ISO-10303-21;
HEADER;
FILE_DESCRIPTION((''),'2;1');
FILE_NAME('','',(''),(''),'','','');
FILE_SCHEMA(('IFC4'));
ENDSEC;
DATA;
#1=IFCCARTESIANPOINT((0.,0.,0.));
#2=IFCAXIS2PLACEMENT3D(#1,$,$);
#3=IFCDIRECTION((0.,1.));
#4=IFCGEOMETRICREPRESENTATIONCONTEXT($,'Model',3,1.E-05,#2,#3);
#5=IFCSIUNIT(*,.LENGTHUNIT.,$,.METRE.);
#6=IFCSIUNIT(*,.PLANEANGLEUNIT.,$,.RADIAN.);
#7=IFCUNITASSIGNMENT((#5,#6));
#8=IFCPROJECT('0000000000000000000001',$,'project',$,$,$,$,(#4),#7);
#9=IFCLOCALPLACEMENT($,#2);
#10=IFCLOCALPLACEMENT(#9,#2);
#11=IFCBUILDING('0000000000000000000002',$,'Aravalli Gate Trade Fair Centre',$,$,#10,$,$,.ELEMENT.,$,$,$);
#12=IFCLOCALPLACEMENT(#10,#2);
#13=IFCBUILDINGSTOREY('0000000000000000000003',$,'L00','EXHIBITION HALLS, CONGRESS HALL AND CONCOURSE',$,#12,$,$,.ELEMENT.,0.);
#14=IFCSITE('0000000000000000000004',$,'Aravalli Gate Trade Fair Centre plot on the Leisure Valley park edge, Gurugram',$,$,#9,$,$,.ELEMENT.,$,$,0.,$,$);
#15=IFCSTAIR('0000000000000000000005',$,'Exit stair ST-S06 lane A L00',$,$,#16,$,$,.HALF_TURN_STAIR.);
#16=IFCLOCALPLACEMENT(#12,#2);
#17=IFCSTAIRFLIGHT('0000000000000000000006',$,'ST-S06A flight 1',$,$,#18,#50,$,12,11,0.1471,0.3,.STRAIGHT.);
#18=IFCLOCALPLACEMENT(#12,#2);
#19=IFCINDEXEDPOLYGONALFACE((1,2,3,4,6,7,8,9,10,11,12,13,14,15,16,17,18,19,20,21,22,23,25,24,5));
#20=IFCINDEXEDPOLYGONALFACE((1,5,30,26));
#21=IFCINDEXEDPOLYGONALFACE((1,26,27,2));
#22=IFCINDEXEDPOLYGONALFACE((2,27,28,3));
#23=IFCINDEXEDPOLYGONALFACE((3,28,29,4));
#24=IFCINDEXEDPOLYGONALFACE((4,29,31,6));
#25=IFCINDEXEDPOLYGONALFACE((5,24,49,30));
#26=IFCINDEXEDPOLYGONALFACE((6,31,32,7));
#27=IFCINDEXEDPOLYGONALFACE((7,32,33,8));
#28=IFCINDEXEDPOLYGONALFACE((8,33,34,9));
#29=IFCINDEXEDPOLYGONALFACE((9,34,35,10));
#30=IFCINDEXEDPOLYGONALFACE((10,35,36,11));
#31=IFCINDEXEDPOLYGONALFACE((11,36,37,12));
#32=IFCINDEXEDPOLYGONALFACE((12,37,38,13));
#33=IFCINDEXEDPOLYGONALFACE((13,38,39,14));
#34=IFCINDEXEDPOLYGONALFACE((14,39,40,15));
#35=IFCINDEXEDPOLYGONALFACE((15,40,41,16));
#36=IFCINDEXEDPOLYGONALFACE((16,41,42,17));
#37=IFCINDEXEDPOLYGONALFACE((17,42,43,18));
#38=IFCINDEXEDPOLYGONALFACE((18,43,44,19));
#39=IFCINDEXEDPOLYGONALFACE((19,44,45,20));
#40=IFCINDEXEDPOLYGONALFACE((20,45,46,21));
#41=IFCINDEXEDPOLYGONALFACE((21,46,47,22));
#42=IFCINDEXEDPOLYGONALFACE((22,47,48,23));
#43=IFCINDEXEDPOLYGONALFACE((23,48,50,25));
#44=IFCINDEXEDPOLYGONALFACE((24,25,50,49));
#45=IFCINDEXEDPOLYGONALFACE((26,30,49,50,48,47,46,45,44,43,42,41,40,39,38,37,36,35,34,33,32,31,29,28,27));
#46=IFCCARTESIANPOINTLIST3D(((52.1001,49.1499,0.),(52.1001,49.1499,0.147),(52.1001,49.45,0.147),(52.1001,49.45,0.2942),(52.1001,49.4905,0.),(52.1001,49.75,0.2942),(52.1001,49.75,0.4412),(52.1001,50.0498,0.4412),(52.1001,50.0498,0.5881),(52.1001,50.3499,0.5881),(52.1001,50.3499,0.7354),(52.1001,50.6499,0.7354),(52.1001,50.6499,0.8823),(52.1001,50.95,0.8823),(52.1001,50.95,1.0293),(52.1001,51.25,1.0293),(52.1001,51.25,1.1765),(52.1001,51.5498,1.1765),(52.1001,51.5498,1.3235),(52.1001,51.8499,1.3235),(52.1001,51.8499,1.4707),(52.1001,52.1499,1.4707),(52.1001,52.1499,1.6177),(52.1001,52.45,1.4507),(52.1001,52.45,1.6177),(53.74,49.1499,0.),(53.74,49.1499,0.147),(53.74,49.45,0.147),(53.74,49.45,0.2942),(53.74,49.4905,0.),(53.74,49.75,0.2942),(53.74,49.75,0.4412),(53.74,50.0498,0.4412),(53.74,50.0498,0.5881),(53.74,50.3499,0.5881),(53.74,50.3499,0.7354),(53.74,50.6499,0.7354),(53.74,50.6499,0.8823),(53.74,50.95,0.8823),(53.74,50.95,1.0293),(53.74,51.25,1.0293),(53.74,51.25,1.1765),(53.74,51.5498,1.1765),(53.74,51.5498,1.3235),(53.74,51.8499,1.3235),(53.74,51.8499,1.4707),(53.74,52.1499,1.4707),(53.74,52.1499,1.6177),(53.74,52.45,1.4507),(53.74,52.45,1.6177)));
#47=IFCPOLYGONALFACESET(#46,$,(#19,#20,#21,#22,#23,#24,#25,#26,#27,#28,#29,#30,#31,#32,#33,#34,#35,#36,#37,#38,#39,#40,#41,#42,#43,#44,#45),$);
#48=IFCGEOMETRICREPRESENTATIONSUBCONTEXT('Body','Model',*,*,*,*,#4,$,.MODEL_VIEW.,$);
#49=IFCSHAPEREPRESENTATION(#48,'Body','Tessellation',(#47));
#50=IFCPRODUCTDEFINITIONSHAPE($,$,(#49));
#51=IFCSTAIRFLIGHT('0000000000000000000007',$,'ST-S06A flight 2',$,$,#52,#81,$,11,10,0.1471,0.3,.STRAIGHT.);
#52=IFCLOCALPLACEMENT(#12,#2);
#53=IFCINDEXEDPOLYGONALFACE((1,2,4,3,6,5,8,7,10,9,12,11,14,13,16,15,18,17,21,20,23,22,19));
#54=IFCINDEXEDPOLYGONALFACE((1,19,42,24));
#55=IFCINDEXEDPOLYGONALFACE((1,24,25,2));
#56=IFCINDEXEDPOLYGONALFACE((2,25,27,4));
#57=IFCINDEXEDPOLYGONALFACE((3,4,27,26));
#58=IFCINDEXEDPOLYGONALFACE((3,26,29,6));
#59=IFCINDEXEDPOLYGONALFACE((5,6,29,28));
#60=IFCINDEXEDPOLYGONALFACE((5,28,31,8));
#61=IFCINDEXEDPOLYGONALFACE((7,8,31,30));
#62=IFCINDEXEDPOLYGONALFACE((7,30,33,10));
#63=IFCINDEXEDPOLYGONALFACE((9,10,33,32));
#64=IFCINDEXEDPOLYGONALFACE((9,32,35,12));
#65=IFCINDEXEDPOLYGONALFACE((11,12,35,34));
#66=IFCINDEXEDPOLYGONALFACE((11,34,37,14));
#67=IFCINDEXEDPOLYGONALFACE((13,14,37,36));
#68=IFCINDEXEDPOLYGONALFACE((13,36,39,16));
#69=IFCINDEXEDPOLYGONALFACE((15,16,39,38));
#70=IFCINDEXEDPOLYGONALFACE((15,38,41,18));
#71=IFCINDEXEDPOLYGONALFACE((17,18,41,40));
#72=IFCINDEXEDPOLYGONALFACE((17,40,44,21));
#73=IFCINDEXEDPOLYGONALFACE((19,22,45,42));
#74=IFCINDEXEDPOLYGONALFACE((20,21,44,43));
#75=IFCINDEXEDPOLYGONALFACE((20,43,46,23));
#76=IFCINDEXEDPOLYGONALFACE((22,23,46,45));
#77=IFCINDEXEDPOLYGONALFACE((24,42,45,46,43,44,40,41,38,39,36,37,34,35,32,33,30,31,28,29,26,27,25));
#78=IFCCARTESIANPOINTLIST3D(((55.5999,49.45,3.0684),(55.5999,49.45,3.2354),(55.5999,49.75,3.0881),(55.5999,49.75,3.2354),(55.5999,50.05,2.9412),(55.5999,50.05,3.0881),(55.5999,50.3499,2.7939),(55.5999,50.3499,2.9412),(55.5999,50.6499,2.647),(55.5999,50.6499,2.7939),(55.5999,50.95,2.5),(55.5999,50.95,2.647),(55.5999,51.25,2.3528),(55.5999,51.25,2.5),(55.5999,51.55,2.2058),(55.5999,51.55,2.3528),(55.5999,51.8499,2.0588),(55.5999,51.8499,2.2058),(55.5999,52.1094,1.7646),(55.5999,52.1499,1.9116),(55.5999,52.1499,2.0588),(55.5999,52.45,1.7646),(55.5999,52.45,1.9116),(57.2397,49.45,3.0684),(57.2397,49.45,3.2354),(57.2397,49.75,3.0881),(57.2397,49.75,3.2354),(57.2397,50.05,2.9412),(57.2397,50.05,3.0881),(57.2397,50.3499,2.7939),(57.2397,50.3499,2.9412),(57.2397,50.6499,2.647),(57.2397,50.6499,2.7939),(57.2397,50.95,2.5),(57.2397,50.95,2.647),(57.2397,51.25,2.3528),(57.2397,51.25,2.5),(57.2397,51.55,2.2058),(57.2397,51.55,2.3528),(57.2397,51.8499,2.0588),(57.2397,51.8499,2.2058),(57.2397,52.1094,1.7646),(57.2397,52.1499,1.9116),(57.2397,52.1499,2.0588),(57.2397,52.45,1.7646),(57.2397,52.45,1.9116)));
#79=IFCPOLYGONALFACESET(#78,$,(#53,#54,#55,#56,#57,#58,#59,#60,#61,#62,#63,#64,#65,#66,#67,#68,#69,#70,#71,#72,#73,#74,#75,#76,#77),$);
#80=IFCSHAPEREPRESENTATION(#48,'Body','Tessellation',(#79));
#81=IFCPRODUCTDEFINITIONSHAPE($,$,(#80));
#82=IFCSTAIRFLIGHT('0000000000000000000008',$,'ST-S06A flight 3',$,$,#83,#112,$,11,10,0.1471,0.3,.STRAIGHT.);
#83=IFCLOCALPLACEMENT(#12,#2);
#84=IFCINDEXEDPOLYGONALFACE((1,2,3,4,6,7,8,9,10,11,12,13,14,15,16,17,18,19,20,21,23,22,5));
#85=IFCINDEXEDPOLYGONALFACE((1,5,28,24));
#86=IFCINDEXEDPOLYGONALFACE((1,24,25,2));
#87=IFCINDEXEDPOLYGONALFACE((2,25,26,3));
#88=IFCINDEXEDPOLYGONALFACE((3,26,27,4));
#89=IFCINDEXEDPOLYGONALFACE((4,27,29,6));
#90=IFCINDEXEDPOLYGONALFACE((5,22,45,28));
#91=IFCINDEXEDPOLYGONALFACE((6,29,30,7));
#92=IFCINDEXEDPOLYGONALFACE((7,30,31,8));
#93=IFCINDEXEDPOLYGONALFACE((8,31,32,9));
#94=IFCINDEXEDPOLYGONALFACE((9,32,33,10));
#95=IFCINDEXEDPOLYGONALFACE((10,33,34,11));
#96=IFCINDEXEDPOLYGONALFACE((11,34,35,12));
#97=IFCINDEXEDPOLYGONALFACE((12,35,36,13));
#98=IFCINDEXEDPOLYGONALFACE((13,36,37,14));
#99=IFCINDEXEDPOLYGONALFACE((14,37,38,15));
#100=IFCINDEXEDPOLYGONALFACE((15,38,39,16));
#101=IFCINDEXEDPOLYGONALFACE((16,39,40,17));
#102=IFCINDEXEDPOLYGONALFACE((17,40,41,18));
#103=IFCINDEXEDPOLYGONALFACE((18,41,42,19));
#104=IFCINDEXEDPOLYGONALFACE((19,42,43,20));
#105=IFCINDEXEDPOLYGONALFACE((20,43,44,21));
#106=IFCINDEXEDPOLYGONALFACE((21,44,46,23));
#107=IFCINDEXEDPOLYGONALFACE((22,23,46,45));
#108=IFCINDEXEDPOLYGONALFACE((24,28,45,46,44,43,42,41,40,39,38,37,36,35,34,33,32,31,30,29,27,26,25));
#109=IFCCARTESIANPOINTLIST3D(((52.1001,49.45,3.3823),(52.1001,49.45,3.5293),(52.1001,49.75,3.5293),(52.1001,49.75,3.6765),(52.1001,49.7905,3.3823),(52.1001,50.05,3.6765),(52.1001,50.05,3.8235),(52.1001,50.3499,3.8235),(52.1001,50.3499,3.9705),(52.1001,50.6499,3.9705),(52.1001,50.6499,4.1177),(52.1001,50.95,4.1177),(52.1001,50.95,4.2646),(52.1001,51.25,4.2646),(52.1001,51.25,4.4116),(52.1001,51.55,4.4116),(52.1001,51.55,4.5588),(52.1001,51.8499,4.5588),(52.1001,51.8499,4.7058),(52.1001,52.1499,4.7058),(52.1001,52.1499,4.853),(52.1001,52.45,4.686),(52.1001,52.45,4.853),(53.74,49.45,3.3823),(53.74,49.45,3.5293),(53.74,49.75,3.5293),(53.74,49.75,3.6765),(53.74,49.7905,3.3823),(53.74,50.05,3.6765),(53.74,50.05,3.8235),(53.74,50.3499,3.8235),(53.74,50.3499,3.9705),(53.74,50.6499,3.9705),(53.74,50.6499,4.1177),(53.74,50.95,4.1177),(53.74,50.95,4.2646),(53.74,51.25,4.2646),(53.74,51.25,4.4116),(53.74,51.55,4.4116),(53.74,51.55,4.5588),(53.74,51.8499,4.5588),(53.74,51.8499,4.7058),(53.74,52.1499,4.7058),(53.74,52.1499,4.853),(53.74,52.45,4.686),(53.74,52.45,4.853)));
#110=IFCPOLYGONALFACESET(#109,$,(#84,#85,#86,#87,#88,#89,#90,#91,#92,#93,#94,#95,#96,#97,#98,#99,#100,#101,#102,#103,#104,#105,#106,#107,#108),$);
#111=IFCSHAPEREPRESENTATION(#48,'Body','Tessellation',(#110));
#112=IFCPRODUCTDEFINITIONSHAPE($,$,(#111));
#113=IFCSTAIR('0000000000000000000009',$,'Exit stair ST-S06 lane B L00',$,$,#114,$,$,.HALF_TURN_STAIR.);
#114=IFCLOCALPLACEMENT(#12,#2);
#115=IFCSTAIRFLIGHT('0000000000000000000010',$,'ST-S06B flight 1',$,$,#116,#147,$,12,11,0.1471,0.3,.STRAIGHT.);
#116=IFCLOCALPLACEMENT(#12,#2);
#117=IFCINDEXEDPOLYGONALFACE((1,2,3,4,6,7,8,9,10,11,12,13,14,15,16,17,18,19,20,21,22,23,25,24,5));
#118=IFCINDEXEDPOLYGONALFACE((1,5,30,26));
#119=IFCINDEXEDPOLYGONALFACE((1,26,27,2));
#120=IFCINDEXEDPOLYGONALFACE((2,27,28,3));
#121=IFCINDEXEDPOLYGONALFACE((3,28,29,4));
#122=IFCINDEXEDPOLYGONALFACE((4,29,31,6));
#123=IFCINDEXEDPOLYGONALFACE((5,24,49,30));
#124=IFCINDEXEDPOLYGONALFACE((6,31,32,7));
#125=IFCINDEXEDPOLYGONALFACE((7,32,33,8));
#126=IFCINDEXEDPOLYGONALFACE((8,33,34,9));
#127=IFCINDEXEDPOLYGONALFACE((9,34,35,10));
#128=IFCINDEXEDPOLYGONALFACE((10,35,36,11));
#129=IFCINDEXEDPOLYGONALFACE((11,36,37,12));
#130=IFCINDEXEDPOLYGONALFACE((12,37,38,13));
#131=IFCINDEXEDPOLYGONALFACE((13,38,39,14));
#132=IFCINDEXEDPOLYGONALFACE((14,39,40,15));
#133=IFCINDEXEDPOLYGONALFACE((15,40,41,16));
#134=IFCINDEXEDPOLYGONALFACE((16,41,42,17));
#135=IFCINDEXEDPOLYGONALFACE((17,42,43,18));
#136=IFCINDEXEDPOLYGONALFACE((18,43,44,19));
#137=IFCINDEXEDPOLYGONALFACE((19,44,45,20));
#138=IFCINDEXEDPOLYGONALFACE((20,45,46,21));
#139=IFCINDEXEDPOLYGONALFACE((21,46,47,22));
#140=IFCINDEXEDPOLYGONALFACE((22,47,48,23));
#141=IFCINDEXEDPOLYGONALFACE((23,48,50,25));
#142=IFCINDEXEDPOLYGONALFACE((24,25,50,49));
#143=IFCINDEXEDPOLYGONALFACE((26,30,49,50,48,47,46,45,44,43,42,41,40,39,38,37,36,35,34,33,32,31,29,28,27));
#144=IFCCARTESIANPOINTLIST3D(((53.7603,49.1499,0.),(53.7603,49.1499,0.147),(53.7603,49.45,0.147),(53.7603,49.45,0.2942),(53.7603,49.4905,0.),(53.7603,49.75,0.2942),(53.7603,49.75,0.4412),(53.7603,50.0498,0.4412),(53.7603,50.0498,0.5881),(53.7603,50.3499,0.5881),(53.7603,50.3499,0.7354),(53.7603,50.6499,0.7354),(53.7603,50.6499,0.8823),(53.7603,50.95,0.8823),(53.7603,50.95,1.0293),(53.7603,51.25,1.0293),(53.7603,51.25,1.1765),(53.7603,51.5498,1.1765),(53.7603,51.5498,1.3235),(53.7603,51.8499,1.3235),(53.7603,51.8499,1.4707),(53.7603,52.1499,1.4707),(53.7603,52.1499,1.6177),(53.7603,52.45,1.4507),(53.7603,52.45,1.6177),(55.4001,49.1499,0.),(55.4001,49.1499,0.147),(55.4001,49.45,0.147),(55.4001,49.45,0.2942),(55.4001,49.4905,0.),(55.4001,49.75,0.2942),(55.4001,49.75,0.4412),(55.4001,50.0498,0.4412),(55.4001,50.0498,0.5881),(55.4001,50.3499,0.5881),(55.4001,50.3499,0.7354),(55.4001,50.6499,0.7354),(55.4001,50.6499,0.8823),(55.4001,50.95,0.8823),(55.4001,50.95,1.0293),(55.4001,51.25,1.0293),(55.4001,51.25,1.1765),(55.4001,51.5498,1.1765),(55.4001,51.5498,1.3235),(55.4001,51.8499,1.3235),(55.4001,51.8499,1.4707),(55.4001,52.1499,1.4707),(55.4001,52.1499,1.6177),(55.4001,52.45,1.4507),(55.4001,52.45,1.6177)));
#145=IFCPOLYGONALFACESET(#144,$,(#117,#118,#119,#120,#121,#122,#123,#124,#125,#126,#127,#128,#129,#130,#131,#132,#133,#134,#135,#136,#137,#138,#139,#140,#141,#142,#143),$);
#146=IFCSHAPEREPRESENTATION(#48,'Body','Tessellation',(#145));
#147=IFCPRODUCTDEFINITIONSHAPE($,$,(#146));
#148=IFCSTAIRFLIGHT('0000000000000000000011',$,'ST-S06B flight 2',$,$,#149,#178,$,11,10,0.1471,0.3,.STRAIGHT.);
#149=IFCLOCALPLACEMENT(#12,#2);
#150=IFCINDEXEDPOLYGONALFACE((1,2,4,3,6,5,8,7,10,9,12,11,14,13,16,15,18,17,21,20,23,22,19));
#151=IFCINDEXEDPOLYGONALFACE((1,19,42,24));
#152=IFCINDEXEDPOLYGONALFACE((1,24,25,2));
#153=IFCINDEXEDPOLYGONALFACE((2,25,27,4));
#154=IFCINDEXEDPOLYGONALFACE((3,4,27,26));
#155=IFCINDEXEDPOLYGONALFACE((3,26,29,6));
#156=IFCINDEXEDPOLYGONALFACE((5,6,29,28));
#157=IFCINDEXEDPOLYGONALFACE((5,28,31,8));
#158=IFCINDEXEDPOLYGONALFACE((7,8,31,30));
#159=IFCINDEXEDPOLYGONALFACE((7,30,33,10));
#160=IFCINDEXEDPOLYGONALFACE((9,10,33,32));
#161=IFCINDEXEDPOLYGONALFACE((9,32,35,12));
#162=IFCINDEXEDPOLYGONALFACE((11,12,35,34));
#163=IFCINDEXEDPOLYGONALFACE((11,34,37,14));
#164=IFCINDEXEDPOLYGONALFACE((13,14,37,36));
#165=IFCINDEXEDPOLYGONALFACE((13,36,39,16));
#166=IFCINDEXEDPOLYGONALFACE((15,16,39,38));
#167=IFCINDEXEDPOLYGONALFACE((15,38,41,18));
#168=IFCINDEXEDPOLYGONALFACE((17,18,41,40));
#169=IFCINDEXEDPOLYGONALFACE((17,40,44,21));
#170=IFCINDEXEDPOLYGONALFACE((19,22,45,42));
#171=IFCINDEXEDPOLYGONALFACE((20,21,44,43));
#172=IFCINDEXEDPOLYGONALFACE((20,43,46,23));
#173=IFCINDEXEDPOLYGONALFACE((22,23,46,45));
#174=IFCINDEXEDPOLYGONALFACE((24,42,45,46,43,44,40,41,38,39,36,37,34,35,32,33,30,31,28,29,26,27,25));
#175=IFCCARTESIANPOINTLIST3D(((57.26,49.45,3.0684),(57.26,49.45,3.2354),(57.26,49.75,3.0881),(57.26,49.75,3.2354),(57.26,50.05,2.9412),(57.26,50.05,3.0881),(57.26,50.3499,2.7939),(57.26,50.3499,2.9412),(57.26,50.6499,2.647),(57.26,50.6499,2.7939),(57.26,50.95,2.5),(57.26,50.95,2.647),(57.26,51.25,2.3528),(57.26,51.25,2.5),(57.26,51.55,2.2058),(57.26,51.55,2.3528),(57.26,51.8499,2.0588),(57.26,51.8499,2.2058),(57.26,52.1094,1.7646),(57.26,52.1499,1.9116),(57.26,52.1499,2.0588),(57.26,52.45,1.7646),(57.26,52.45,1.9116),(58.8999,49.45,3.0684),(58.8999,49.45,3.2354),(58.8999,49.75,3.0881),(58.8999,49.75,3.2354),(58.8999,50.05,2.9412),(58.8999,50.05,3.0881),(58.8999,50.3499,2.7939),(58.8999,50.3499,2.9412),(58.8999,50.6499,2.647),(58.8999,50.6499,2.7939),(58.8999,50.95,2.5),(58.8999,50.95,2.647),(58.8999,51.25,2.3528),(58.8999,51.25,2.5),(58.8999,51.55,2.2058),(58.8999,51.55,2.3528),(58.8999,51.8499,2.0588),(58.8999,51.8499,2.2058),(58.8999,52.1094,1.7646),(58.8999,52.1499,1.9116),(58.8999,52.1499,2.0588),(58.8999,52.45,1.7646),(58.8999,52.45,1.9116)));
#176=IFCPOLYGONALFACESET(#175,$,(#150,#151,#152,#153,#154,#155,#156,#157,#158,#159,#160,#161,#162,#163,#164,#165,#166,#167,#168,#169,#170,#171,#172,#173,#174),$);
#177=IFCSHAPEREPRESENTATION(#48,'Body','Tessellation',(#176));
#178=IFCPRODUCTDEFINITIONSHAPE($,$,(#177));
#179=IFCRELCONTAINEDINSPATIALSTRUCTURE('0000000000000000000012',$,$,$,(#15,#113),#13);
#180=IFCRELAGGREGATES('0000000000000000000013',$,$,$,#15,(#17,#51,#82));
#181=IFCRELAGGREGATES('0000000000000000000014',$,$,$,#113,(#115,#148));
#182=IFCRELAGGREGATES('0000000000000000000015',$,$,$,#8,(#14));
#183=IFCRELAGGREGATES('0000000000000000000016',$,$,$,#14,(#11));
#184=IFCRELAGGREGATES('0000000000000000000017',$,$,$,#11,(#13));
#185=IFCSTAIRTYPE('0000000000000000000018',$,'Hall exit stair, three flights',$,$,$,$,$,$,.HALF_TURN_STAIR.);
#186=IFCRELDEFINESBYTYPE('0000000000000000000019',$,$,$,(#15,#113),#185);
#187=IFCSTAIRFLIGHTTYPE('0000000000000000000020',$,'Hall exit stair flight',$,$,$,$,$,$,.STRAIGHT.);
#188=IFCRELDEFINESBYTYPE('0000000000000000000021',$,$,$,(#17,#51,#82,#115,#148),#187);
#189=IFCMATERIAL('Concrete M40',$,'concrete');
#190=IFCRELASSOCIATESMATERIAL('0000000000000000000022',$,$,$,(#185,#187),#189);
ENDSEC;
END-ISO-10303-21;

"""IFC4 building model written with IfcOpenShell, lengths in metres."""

from ifc_helpers import new_model, si_unit, direction, frame, origin, place, context, subcontext, project, spatial, polyline, outline, extrude, material, type_object, element, aggregate, save


model = new_model("IFC4")

# Units and contexts
model_context = context("Model", 3, precision=1e-05, world=origin(), true_north=direction((0.0, 1.0)))
body_context = subcontext(model_context, "Body", "Model", "MODEL_VIEW")
ifc_project = project(units=[si_unit("LENGTHUNIT", "METRE"), si_unit("PLANEANGLEUNIT", "RADIAN")], contexts=[model_context])

# Site, building, storey
site_placement = place(None, origin())
site = spatial("IfcSite", under=ifc_project, at=site_placement, Name="Aravalli Gate Trade Fair Centre plot on the Leisure Valley park edge, Gurugram", CompositionType="ELEMENT", RefElevation=0.0)
building_placement = place(site_placement, origin())
building = spatial("IfcBuilding", under=site, at=building_placement, Name="Aravalli Gate Trade Fair Centre", CompositionType="ELEMENT")
storey_placement = place(building_placement, origin())
storey = spatial("IfcBuildingStorey", under=building, at=storey_placement, Name="L00", Description="EXHIBITION HALLS, CONGRESS HALL AND CONCOURSE", CompositionType="ELEMENT", Elevation=0.0)

# Stairs, stair flights
ifc_material_1 = material(Name="Concrete M40", Category="concrete")
stair_type = type_object("IfcStairType", Name="Hall exit stair, three flights", PredefinedType="HALF_TURN_STAIR", material=ifc_material_1)
stair_1_placement = place(storey_placement, origin())
stair_1 = element("IfcStair", 1, at=stair_1_placement, inside=storey, type_object=stair_type, Name="Exit stair ST-S06 lane A L00", PredefinedType="HALF_TURN_STAIR")
stair_flight_type = type_object("IfcStairFlightType", Name="Hall exit stair flight", PredefinedType="STRAIGHT", material=ifc_material_1)
stair_flight_1_placement = place(storey_placement, frame((52.9199, 49.1499, 0.0), z_axis=(0.0, 0.0, 1.0), x_axis=(0.0, 1.0, 0.0)))
stair_flight_1 = element("IfcStairFlight", 2, at=stair_flight_1_placement, type_object=stair_flight_type, Name="ST-S06A flight 1", NumberOfRisers=12, NumberOfTreads=11, PredefinedType="STRAIGHT", RiserHeight=0.1471, TreadLength=0.3, context=body_context, shape_type="SweptSolid", body=[
    extrude(outline(polyline([(0.0, 0.0), (0.0, 0.147), (0.3, 0.147), (0.3, 0.2942), (0.6001, 0.2942), (0.6001, 0.4412), (0.8999, 0.4412), (0.8999, 0.5881), (1.2, 0.5881), (1.2, 0.7354), (1.5, 0.7354), (1.5, 0.8823), (1.8, 0.8823), (1.8, 1.0293), (2.1001, 1.0293), (2.1001, 1.1765), (2.3999, 1.1765), (2.3999, 1.3235), (2.7, 1.3235), (2.7, 1.4707), (3.0, 1.4707), (3.0, 1.6177), (3.3, 1.6177), (3.3, 1.7646), (3.3, 1.4507), (0.3406, 0.0), (0.0, 0.0)])), frame((0.0, 0.8198, 0.0), z_axis=(0.0, -1.0, 0.0), x_axis=(1.0, 0.0, 0.0)), (0.0, 0.0, 1.0), 1.6399),
])
stair_flight_2_placement = place(storey_placement, frame((56.4199, 52.45, 1.7646), z_axis=(0.0, 0.0, 1.0), x_axis=(0.0, -1.0, 0.0)))
stair_flight_2 = element("IfcStairFlight", 3, at=stair_flight_2_placement, type_object=stair_flight_type, Name="ST-S06A flight 2", NumberOfRisers=11, NumberOfTreads=10, PredefinedType="STRAIGHT", RiserHeight=0.1471, TreadLength=0.3, context=body_context, shape_type="SweptSolid", body=[
    extrude(outline(polyline([(0.0, 0.0), (0.0, 0.147), (0.3, 0.147), (0.3, 0.2942), (0.6001, 0.2942), (0.6001, 0.4412), (0.8999, 0.4412), (0.8999, 0.5881), (1.2, 0.5881), (1.2, 0.7354), (1.5, 0.7354), (1.5, 0.8823), (1.8, 0.8823), (1.8, 1.0293), (2.1001, 1.0293), (2.1001, 1.1765), (2.3999, 1.1765), (2.3999, 1.3235), (2.7, 1.3235), (2.7, 1.4707), (3.0, 1.4707), (3.0, 1.6177), (3.0, 1.3037), (0.3406, 0.0), (0.0, 0.0)])), frame((0.0, 0.8198, 0.0), z_axis=(0.0, -1.0, 0.0), x_axis=(1.0, 0.0, 0.0)), (0.0, 0.0, 1.0), 1.6399),
])
stair_flight_3_placement = place(storey_placement, frame((52.9199, 49.45, 3.3823), z_axis=(0.0, 0.0, 1.0), x_axis=(0.0, 1.0, 0.0)))
stair_flight_3 = element("IfcStairFlight", 4, at=stair_flight_3_placement, type_object=stair_flight_type, Name="ST-S06A flight 3", NumberOfRisers=11, NumberOfTreads=10, PredefinedType="STRAIGHT", RiserHeight=0.1471, TreadLength=0.3, context=body_context, shape_type="SweptSolid", body=[
    extrude(outline(polyline([(0.0, 0.0), (0.0, 0.147), (0.3, 0.147), (0.3, 0.2942), (0.6001, 0.2942), (0.6001, 0.4412), (0.8999, 0.4412), (0.8999, 0.5881), (1.2, 0.5881), (1.2, 0.7354), (1.5, 0.7354), (1.5, 0.8823), (1.8, 0.8823), (1.8, 1.0293), (2.1001, 1.0293), (2.1001, 1.1765), (2.3999, 1.1765), (2.3999, 1.3235), (2.7, 1.3235), (2.7, 1.4707), (3.0, 1.4707), (3.0, 1.6177), (3.0, 1.3037), (0.3406, 0.0), (0.0, 0.0)])), frame((0.0, 0.8198, 0.0), z_axis=(0.0, -1.0, 0.0), x_axis=(1.0, 0.0, 0.0)), (0.0, 0.0, 1.0), 1.6399),
])
aggregate(stair_1, [stair_flight_1, stair_flight_2, stair_flight_3])
stair_2_placement = place(storey_placement, origin())
stair_2 = element("IfcStair", 5, at=stair_2_placement, inside=storey, type_object=stair_type, Name="Exit stair ST-S06 lane B L00", PredefinedType="HALF_TURN_STAIR")
stair_flight_4_placement = place(storey_placement, frame((54.5801, 49.1499, 0.0), z_axis=(0.0, 0.0, 1.0), x_axis=(0.0, 1.0, 0.0)))
stair_flight_4 = element("IfcStairFlight", 6, at=stair_flight_4_placement, type_object=stair_flight_type, Name="ST-S06B flight 1", NumberOfRisers=12, NumberOfTreads=11, PredefinedType="STRAIGHT", RiserHeight=0.1471, TreadLength=0.3, context=body_context, shape_type="SweptSolid", body=[
    extrude(outline(polyline([(0.0, 0.0), (0.0, 0.147), (0.3, 0.147), (0.3, 0.2942), (0.6001, 0.2942), (0.6001, 0.4412), (0.8999, 0.4412), (0.8999, 0.5881), (1.2, 0.5881), (1.2, 0.7354), (1.5, 0.7354), (1.5, 0.8823), (1.8, 0.8823), (1.8, 1.0293), (2.1001, 1.0293), (2.1001, 1.1765), (2.3999, 1.1765), (2.3999, 1.3235), (2.7, 1.3235), (2.7, 1.4707), (3.0, 1.4707), (3.0, 1.6177), (3.3, 1.6177), (3.3, 1.7646), (3.3, 1.4507), (0.3406, 0.0), (0.0, 0.0)])), frame((0.0, 0.8198, 0.0), z_axis=(0.0, -1.0, 0.0), x_axis=(1.0, 0.0, 0.0)), (0.0, 0.0, 1.0), 1.6399),
])
stair_flight_5_placement = place(storey_placement, frame((58.0801, 52.45, 1.7646), z_axis=(0.0, 0.0, 1.0), x_axis=(0.0, -1.0, 0.0)))
stair_flight_5 = element("IfcStairFlight", 7, at=stair_flight_5_placement, type_object=stair_flight_type, Name="ST-S06B flight 2", NumberOfRisers=11, NumberOfTreads=10, PredefinedType="STRAIGHT", RiserHeight=0.1471, TreadLength=0.3, context=body_context, shape_type="SweptSolid", body=[
    extrude(outline(polyline([(0.0, 0.0), (0.0, 0.147), (0.3, 0.147), (0.3, 0.2942), (0.6001, 0.2942), (0.6001, 0.4412), (0.8999, 0.4412), (0.8999, 0.5881), (1.2, 0.5881), (1.2, 0.7354), (1.5, 0.7354), (1.5, 0.8823), (1.8, 0.8823), (1.8, 1.0293), (2.1001, 1.0293), (2.1001, 1.1765), (2.3999, 1.1765), (2.3999, 1.3235), (2.7, 1.3235), (2.7, 1.4707), (3.0, 1.4707), (3.0, 1.6177), (3.0, 1.3037), (0.3406, 0.0), (0.0, 0.0)])), frame((0.0, 0.8198, 0.0), z_axis=(0.0, -1.0, 0.0), x_axis=(1.0, 0.0, 0.0)), (0.0, 0.0, 1.0), 1.6399),
])
aggregate(stair_2, [stair_flight_4, stair_flight_5])

save(model, "model.ifc")
